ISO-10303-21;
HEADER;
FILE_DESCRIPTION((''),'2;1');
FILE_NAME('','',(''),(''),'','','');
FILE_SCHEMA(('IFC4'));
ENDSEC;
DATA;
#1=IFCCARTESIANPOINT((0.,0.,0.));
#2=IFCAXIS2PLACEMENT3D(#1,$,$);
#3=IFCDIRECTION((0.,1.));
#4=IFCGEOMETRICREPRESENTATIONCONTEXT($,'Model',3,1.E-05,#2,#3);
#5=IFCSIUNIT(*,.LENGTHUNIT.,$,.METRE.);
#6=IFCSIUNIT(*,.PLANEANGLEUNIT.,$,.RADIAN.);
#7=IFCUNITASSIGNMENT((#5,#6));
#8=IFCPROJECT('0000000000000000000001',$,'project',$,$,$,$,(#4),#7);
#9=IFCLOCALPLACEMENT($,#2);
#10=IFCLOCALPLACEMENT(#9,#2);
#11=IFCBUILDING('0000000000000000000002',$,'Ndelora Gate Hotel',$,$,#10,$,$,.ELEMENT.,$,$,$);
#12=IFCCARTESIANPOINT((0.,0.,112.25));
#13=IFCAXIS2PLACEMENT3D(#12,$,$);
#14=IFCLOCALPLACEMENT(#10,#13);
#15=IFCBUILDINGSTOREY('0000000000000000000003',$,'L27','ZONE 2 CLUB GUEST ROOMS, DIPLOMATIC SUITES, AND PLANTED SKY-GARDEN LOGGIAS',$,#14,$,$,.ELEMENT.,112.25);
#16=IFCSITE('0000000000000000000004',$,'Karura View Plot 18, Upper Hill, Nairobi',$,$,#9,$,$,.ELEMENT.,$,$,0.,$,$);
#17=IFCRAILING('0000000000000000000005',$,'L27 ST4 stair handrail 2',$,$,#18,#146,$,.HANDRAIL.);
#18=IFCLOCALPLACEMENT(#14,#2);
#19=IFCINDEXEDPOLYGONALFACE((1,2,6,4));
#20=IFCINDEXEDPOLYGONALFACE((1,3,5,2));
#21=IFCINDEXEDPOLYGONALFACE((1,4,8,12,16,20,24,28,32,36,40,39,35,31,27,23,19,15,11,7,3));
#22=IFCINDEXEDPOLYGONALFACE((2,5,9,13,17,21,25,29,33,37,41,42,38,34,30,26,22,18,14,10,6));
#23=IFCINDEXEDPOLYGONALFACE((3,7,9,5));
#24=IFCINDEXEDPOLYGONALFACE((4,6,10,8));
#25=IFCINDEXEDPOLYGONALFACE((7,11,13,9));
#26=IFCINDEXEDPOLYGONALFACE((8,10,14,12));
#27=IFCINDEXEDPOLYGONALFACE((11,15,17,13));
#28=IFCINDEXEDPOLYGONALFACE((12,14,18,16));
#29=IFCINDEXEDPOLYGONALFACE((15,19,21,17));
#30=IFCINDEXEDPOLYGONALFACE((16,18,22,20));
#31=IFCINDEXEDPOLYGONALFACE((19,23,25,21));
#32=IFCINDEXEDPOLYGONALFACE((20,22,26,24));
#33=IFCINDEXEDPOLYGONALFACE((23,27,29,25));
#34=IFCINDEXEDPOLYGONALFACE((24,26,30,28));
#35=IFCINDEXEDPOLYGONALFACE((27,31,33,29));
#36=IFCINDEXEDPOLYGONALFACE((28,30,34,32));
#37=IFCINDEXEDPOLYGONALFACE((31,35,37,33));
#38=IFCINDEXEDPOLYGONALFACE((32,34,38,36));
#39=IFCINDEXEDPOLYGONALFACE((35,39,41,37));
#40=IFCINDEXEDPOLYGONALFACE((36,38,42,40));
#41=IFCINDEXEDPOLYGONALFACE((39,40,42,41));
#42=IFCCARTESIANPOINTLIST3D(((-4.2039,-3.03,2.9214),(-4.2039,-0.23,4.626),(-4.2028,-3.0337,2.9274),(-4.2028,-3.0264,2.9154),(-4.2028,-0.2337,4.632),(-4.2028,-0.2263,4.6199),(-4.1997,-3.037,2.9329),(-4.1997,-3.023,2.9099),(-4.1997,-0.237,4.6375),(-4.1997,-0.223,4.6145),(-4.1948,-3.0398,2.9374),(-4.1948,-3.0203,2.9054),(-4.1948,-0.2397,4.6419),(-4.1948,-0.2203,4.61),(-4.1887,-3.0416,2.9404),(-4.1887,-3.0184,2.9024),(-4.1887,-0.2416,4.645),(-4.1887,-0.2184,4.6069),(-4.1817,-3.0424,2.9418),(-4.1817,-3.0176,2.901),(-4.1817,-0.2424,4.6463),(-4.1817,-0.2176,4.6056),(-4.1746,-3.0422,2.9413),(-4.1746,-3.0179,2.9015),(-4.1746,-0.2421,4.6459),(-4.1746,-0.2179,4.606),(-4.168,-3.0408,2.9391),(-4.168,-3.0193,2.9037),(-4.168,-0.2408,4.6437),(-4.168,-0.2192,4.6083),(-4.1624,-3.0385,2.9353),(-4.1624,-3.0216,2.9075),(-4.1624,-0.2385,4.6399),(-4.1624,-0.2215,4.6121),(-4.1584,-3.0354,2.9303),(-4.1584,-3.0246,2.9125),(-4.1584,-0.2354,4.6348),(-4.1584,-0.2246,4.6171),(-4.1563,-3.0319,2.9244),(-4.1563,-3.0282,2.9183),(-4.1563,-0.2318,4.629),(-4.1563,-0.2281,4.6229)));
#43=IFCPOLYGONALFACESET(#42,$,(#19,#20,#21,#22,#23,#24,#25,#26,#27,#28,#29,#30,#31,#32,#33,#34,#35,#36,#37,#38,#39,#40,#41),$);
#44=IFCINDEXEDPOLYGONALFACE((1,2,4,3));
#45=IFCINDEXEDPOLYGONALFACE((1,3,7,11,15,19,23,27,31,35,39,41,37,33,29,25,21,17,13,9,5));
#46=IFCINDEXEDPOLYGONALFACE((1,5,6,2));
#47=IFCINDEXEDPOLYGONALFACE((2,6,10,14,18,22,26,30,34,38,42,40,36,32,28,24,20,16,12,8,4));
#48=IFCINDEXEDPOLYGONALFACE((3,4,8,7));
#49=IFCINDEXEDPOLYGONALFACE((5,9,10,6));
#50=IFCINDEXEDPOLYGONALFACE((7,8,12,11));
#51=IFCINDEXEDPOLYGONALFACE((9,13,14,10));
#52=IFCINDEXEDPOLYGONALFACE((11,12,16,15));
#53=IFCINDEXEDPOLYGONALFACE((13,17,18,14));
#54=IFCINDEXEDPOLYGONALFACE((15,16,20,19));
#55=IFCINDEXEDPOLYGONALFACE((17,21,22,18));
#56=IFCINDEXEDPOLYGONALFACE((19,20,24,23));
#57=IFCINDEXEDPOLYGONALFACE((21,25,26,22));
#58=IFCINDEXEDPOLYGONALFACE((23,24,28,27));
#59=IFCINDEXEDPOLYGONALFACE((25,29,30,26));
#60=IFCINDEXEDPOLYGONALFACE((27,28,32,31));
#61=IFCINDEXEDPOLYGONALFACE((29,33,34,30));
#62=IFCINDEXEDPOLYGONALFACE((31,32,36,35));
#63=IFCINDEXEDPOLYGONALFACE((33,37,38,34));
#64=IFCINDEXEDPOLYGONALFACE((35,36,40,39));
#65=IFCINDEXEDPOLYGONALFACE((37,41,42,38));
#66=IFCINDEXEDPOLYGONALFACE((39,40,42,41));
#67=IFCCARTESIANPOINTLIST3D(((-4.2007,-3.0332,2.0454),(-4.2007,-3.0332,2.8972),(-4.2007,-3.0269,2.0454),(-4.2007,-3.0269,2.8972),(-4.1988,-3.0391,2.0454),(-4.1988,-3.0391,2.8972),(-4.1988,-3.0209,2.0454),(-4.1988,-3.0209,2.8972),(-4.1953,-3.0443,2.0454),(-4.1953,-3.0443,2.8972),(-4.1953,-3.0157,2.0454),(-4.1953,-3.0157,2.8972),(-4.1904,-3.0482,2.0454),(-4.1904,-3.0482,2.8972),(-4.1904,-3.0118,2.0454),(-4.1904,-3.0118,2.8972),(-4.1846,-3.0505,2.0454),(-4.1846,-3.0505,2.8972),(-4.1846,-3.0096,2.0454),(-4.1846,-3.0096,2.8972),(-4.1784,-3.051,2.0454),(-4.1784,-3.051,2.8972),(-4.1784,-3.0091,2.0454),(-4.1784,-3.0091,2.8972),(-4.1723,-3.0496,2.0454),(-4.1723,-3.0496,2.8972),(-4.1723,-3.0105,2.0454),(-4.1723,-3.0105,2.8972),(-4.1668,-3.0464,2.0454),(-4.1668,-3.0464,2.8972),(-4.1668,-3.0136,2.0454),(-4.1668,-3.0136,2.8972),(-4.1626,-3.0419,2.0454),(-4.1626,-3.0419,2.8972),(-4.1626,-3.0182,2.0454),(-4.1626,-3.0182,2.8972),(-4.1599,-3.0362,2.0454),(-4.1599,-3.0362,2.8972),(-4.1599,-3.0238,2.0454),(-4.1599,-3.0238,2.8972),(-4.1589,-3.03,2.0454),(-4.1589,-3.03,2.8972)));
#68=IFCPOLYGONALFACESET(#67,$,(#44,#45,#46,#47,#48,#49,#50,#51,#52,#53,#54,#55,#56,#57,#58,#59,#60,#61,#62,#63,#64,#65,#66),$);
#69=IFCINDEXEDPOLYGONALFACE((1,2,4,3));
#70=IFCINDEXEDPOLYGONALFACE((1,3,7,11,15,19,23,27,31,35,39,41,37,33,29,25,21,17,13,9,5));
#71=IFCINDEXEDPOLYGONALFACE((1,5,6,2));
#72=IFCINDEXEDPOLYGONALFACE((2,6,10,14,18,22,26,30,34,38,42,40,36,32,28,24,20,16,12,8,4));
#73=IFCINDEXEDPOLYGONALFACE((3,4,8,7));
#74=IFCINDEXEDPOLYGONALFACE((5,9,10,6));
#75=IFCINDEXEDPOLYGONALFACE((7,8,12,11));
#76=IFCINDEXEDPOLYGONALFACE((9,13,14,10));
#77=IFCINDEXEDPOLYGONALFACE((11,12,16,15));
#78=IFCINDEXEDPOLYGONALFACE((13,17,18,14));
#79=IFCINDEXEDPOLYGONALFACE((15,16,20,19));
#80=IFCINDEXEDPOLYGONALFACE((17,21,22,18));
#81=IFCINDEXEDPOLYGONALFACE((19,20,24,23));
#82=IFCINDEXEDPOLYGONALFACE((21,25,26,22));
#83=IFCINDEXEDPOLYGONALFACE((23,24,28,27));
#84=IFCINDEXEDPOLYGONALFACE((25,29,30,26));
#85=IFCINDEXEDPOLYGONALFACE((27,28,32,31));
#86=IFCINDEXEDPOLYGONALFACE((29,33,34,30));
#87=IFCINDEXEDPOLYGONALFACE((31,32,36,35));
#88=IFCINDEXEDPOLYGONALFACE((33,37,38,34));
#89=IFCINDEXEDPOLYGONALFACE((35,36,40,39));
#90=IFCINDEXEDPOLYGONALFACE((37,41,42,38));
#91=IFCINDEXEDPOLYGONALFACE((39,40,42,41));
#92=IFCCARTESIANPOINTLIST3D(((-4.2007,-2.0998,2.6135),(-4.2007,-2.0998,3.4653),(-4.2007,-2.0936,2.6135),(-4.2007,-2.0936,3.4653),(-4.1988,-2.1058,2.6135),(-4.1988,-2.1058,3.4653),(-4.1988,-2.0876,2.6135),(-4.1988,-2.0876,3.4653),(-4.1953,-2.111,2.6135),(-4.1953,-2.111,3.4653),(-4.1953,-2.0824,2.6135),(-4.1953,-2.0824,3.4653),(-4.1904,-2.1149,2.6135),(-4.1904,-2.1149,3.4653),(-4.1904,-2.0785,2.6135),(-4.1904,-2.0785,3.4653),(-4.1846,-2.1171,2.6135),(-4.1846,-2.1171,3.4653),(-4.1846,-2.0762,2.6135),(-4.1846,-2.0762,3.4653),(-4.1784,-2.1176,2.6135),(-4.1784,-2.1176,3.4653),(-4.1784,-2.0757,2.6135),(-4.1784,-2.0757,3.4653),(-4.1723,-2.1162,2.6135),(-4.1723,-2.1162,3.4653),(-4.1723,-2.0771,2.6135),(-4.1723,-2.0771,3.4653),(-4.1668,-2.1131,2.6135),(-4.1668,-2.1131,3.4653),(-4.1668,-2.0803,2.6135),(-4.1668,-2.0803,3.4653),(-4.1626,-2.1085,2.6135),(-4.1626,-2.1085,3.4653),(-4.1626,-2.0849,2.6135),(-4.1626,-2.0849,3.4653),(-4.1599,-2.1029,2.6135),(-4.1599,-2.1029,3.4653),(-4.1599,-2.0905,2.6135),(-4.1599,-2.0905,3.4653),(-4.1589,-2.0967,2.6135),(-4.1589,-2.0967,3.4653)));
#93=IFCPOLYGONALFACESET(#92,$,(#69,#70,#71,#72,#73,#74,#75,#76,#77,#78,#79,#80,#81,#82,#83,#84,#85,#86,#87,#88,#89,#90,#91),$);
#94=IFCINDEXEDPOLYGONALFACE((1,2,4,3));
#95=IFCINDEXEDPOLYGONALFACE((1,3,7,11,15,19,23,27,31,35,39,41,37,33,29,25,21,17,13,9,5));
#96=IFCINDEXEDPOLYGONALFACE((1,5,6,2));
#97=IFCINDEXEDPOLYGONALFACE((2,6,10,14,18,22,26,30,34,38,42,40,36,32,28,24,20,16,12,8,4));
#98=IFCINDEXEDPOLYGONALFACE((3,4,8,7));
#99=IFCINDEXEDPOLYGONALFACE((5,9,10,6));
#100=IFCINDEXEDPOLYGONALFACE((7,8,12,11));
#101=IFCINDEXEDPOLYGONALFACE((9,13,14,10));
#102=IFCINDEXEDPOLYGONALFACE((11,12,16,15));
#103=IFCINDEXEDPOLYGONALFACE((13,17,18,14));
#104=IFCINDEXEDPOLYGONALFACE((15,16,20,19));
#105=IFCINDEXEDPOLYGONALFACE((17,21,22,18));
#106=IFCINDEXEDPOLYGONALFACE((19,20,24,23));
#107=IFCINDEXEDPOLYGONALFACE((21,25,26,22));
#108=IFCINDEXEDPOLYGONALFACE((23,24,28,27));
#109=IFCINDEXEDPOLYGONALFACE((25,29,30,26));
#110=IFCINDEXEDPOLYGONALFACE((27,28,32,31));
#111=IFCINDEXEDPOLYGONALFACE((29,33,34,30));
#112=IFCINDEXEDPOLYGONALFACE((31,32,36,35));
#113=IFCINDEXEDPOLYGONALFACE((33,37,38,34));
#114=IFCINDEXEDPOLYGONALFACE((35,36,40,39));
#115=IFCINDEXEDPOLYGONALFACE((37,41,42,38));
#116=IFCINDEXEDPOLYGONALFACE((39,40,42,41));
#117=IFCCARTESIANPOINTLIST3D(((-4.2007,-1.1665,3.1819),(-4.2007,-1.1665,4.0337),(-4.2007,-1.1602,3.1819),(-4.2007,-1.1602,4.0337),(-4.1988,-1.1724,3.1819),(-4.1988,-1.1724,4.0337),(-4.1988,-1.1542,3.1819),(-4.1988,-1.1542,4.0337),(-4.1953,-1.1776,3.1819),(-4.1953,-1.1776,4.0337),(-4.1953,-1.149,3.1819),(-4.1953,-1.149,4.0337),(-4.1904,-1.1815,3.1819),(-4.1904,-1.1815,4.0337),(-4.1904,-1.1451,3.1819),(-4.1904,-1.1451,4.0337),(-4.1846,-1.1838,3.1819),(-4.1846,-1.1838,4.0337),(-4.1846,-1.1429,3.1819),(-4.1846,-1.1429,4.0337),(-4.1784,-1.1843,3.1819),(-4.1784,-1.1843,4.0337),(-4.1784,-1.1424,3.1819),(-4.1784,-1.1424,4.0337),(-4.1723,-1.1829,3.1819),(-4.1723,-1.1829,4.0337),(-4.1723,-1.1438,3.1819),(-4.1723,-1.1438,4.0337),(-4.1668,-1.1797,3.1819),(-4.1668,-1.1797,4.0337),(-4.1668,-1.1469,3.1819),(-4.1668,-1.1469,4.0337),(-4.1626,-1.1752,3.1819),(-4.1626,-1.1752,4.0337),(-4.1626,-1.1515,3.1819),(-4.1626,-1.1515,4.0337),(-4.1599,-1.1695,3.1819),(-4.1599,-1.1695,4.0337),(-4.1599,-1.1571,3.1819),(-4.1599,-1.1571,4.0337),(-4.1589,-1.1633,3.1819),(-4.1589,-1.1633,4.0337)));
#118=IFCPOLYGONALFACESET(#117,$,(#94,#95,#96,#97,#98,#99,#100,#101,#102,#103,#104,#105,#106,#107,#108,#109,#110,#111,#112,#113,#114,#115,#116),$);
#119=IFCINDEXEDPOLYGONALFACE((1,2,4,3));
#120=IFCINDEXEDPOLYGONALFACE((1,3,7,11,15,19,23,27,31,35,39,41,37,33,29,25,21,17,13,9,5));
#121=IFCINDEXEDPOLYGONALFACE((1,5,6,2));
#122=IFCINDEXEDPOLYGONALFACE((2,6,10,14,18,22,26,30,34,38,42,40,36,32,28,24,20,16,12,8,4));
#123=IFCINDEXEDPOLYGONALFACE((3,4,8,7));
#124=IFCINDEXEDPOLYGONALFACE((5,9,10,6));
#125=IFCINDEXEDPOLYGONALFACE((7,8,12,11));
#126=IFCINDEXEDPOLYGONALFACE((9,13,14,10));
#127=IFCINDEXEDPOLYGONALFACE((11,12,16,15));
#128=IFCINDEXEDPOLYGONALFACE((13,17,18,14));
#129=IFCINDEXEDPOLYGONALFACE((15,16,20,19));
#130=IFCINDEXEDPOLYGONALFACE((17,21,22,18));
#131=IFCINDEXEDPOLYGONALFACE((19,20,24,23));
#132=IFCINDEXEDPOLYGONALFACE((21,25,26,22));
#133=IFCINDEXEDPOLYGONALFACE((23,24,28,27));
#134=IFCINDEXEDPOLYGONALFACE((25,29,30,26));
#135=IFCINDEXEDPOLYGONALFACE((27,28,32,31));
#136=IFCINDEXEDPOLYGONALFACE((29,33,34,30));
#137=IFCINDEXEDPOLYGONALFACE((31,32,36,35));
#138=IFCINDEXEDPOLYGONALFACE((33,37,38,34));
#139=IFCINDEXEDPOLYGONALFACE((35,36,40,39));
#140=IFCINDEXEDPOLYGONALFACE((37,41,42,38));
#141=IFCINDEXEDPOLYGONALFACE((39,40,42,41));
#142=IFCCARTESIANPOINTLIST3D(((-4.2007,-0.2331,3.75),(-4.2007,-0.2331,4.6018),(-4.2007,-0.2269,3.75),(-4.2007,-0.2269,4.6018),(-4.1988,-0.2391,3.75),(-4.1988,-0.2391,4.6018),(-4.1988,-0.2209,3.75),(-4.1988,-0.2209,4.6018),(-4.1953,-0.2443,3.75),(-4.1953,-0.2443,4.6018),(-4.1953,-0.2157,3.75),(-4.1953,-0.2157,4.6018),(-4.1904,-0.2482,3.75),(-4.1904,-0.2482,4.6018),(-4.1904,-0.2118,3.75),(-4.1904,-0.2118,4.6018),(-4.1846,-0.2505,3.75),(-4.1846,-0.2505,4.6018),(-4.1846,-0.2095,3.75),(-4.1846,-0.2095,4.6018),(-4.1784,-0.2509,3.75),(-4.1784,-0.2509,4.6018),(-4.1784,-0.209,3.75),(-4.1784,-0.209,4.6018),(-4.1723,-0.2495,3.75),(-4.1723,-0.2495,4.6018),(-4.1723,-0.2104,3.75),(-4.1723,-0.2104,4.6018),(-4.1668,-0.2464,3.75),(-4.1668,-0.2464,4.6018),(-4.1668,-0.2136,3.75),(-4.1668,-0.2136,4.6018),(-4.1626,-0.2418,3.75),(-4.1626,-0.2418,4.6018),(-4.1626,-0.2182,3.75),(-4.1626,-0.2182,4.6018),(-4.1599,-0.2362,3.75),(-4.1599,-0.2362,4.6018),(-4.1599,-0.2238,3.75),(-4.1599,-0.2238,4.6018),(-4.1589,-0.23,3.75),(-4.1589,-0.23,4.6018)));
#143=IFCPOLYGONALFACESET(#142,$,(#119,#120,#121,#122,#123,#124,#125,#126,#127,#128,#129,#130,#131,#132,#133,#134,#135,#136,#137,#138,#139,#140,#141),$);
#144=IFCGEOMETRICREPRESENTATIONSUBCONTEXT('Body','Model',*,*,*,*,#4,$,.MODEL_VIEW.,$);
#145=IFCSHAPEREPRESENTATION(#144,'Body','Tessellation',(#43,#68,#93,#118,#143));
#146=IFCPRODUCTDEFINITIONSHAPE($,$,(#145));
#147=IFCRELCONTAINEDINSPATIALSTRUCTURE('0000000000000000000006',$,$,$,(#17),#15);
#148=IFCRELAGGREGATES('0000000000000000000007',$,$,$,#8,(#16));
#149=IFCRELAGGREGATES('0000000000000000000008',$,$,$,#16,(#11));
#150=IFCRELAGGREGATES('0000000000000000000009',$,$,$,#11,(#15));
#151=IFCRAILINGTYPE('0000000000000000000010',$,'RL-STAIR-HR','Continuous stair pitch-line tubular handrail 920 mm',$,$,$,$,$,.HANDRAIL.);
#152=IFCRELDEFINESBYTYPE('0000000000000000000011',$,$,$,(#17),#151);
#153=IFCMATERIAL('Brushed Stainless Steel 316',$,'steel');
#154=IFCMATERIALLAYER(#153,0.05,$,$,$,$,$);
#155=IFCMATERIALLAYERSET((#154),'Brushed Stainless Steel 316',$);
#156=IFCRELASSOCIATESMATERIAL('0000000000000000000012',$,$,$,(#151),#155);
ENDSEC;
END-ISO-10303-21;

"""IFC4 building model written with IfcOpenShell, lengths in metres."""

from ifc_helpers import new_model, si_unit, direction, frame, origin, origin_2d, place, context, subcontext, project, spatial, circle, extrude, material, layer, layer_set, type_object, element, save


model = new_model("IFC4")

# Units and contexts
model_context = context("Model", 3, precision=1e-05, world=origin(), true_north=direction((0.0, 1.0)))
body_context = subcontext(model_context, "Body", "Model", "MODEL_VIEW")
ifc_project = project(units=[si_unit("LENGTHUNIT", "METRE"), si_unit("PLANEANGLEUNIT", "RADIAN")], contexts=[model_context])

# Site, building, storey
site_placement = place(None, origin())
site = spatial("IfcSite", under=ifc_project, at=site_placement, Name="Karura View Plot 18, Upper Hill, Nairobi", CompositionType="ELEMENT", RefElevation=0.0)
building_placement = place(site_placement, origin())
building = spatial("IfcBuilding", under=site, at=building_placement, Name="Ndelora Gate Hotel", CompositionType="ELEMENT")
storey_placement = place(building_placement, frame((0.0, 0.0, 112.25)))
storey = spatial("IfcBuildingStorey", under=building, at=storey_placement, Name="L27", Description="ZONE 2 CLUB GUEST ROOMS, DIPLOMATIC SUITES, AND PLANTED SKY-GARDEN LOGGIAS", CompositionType="ELEMENT", Elevation=112.25)

# Railing
ifc_material_1 = material(Name="Brushed Stainless Steel 316", Category="steel")
ifc_layer_1 = layer(ifc_material_1, 0.05)
ifc_layer_set_1 = layer_set([ifc_layer_1], Name="Brushed Stainless Steel 316")
railing_type_1 = type_object("IfcRailingType", Name="RL-STAIR-HR", Description="Continuous stair pitch-line tubular handrail 920 mm", PredefinedType="HANDRAIL", material=ifc_layer_set_1)
railing_1_placement = place(storey_placement, frame((-4.1799, -3.03, 2.0454)))
element("IfcRailing", 1, at=railing_1_placement, inside=storey, type_object=railing_type_1, Name="L27 ST4 stair handrail 2", PredefinedType="HANDRAIL", context=body_context, shape_type="SweptSolid", body=[
    extrude(circle(Radius=0.0239, at=origin_2d()), frame((0.0, 0.0, 0.876), z_axis=(0.0, 0.85417, 0.519994), x_axis=(-1.0, 0.0, 0.0)), (0.0, 0.0, 1.0), 3.2781),
    extrude(circle(Radius=0.021, at=origin_2d()), origin(), (0.0, 0.0, 1.0), 0.8518),
    extrude(circle(Radius=0.021, at=origin_2d()), frame((0.0, 0.9333, 0.5681)), (0.0, 0.0, 1.0), 0.8518),
    extrude(circle(Radius=0.021, at=origin_2d()), frame((0.0, 1.8667, 1.1365)), (0.0, 0.0, 1.0), 0.8518),
    extrude(circle(Radius=0.021, at=origin_2d()), frame((0.0, 2.8, 1.7046)), (0.0, 0.0, 1.0), 0.8518),
])

save(model, "model.ifc")
